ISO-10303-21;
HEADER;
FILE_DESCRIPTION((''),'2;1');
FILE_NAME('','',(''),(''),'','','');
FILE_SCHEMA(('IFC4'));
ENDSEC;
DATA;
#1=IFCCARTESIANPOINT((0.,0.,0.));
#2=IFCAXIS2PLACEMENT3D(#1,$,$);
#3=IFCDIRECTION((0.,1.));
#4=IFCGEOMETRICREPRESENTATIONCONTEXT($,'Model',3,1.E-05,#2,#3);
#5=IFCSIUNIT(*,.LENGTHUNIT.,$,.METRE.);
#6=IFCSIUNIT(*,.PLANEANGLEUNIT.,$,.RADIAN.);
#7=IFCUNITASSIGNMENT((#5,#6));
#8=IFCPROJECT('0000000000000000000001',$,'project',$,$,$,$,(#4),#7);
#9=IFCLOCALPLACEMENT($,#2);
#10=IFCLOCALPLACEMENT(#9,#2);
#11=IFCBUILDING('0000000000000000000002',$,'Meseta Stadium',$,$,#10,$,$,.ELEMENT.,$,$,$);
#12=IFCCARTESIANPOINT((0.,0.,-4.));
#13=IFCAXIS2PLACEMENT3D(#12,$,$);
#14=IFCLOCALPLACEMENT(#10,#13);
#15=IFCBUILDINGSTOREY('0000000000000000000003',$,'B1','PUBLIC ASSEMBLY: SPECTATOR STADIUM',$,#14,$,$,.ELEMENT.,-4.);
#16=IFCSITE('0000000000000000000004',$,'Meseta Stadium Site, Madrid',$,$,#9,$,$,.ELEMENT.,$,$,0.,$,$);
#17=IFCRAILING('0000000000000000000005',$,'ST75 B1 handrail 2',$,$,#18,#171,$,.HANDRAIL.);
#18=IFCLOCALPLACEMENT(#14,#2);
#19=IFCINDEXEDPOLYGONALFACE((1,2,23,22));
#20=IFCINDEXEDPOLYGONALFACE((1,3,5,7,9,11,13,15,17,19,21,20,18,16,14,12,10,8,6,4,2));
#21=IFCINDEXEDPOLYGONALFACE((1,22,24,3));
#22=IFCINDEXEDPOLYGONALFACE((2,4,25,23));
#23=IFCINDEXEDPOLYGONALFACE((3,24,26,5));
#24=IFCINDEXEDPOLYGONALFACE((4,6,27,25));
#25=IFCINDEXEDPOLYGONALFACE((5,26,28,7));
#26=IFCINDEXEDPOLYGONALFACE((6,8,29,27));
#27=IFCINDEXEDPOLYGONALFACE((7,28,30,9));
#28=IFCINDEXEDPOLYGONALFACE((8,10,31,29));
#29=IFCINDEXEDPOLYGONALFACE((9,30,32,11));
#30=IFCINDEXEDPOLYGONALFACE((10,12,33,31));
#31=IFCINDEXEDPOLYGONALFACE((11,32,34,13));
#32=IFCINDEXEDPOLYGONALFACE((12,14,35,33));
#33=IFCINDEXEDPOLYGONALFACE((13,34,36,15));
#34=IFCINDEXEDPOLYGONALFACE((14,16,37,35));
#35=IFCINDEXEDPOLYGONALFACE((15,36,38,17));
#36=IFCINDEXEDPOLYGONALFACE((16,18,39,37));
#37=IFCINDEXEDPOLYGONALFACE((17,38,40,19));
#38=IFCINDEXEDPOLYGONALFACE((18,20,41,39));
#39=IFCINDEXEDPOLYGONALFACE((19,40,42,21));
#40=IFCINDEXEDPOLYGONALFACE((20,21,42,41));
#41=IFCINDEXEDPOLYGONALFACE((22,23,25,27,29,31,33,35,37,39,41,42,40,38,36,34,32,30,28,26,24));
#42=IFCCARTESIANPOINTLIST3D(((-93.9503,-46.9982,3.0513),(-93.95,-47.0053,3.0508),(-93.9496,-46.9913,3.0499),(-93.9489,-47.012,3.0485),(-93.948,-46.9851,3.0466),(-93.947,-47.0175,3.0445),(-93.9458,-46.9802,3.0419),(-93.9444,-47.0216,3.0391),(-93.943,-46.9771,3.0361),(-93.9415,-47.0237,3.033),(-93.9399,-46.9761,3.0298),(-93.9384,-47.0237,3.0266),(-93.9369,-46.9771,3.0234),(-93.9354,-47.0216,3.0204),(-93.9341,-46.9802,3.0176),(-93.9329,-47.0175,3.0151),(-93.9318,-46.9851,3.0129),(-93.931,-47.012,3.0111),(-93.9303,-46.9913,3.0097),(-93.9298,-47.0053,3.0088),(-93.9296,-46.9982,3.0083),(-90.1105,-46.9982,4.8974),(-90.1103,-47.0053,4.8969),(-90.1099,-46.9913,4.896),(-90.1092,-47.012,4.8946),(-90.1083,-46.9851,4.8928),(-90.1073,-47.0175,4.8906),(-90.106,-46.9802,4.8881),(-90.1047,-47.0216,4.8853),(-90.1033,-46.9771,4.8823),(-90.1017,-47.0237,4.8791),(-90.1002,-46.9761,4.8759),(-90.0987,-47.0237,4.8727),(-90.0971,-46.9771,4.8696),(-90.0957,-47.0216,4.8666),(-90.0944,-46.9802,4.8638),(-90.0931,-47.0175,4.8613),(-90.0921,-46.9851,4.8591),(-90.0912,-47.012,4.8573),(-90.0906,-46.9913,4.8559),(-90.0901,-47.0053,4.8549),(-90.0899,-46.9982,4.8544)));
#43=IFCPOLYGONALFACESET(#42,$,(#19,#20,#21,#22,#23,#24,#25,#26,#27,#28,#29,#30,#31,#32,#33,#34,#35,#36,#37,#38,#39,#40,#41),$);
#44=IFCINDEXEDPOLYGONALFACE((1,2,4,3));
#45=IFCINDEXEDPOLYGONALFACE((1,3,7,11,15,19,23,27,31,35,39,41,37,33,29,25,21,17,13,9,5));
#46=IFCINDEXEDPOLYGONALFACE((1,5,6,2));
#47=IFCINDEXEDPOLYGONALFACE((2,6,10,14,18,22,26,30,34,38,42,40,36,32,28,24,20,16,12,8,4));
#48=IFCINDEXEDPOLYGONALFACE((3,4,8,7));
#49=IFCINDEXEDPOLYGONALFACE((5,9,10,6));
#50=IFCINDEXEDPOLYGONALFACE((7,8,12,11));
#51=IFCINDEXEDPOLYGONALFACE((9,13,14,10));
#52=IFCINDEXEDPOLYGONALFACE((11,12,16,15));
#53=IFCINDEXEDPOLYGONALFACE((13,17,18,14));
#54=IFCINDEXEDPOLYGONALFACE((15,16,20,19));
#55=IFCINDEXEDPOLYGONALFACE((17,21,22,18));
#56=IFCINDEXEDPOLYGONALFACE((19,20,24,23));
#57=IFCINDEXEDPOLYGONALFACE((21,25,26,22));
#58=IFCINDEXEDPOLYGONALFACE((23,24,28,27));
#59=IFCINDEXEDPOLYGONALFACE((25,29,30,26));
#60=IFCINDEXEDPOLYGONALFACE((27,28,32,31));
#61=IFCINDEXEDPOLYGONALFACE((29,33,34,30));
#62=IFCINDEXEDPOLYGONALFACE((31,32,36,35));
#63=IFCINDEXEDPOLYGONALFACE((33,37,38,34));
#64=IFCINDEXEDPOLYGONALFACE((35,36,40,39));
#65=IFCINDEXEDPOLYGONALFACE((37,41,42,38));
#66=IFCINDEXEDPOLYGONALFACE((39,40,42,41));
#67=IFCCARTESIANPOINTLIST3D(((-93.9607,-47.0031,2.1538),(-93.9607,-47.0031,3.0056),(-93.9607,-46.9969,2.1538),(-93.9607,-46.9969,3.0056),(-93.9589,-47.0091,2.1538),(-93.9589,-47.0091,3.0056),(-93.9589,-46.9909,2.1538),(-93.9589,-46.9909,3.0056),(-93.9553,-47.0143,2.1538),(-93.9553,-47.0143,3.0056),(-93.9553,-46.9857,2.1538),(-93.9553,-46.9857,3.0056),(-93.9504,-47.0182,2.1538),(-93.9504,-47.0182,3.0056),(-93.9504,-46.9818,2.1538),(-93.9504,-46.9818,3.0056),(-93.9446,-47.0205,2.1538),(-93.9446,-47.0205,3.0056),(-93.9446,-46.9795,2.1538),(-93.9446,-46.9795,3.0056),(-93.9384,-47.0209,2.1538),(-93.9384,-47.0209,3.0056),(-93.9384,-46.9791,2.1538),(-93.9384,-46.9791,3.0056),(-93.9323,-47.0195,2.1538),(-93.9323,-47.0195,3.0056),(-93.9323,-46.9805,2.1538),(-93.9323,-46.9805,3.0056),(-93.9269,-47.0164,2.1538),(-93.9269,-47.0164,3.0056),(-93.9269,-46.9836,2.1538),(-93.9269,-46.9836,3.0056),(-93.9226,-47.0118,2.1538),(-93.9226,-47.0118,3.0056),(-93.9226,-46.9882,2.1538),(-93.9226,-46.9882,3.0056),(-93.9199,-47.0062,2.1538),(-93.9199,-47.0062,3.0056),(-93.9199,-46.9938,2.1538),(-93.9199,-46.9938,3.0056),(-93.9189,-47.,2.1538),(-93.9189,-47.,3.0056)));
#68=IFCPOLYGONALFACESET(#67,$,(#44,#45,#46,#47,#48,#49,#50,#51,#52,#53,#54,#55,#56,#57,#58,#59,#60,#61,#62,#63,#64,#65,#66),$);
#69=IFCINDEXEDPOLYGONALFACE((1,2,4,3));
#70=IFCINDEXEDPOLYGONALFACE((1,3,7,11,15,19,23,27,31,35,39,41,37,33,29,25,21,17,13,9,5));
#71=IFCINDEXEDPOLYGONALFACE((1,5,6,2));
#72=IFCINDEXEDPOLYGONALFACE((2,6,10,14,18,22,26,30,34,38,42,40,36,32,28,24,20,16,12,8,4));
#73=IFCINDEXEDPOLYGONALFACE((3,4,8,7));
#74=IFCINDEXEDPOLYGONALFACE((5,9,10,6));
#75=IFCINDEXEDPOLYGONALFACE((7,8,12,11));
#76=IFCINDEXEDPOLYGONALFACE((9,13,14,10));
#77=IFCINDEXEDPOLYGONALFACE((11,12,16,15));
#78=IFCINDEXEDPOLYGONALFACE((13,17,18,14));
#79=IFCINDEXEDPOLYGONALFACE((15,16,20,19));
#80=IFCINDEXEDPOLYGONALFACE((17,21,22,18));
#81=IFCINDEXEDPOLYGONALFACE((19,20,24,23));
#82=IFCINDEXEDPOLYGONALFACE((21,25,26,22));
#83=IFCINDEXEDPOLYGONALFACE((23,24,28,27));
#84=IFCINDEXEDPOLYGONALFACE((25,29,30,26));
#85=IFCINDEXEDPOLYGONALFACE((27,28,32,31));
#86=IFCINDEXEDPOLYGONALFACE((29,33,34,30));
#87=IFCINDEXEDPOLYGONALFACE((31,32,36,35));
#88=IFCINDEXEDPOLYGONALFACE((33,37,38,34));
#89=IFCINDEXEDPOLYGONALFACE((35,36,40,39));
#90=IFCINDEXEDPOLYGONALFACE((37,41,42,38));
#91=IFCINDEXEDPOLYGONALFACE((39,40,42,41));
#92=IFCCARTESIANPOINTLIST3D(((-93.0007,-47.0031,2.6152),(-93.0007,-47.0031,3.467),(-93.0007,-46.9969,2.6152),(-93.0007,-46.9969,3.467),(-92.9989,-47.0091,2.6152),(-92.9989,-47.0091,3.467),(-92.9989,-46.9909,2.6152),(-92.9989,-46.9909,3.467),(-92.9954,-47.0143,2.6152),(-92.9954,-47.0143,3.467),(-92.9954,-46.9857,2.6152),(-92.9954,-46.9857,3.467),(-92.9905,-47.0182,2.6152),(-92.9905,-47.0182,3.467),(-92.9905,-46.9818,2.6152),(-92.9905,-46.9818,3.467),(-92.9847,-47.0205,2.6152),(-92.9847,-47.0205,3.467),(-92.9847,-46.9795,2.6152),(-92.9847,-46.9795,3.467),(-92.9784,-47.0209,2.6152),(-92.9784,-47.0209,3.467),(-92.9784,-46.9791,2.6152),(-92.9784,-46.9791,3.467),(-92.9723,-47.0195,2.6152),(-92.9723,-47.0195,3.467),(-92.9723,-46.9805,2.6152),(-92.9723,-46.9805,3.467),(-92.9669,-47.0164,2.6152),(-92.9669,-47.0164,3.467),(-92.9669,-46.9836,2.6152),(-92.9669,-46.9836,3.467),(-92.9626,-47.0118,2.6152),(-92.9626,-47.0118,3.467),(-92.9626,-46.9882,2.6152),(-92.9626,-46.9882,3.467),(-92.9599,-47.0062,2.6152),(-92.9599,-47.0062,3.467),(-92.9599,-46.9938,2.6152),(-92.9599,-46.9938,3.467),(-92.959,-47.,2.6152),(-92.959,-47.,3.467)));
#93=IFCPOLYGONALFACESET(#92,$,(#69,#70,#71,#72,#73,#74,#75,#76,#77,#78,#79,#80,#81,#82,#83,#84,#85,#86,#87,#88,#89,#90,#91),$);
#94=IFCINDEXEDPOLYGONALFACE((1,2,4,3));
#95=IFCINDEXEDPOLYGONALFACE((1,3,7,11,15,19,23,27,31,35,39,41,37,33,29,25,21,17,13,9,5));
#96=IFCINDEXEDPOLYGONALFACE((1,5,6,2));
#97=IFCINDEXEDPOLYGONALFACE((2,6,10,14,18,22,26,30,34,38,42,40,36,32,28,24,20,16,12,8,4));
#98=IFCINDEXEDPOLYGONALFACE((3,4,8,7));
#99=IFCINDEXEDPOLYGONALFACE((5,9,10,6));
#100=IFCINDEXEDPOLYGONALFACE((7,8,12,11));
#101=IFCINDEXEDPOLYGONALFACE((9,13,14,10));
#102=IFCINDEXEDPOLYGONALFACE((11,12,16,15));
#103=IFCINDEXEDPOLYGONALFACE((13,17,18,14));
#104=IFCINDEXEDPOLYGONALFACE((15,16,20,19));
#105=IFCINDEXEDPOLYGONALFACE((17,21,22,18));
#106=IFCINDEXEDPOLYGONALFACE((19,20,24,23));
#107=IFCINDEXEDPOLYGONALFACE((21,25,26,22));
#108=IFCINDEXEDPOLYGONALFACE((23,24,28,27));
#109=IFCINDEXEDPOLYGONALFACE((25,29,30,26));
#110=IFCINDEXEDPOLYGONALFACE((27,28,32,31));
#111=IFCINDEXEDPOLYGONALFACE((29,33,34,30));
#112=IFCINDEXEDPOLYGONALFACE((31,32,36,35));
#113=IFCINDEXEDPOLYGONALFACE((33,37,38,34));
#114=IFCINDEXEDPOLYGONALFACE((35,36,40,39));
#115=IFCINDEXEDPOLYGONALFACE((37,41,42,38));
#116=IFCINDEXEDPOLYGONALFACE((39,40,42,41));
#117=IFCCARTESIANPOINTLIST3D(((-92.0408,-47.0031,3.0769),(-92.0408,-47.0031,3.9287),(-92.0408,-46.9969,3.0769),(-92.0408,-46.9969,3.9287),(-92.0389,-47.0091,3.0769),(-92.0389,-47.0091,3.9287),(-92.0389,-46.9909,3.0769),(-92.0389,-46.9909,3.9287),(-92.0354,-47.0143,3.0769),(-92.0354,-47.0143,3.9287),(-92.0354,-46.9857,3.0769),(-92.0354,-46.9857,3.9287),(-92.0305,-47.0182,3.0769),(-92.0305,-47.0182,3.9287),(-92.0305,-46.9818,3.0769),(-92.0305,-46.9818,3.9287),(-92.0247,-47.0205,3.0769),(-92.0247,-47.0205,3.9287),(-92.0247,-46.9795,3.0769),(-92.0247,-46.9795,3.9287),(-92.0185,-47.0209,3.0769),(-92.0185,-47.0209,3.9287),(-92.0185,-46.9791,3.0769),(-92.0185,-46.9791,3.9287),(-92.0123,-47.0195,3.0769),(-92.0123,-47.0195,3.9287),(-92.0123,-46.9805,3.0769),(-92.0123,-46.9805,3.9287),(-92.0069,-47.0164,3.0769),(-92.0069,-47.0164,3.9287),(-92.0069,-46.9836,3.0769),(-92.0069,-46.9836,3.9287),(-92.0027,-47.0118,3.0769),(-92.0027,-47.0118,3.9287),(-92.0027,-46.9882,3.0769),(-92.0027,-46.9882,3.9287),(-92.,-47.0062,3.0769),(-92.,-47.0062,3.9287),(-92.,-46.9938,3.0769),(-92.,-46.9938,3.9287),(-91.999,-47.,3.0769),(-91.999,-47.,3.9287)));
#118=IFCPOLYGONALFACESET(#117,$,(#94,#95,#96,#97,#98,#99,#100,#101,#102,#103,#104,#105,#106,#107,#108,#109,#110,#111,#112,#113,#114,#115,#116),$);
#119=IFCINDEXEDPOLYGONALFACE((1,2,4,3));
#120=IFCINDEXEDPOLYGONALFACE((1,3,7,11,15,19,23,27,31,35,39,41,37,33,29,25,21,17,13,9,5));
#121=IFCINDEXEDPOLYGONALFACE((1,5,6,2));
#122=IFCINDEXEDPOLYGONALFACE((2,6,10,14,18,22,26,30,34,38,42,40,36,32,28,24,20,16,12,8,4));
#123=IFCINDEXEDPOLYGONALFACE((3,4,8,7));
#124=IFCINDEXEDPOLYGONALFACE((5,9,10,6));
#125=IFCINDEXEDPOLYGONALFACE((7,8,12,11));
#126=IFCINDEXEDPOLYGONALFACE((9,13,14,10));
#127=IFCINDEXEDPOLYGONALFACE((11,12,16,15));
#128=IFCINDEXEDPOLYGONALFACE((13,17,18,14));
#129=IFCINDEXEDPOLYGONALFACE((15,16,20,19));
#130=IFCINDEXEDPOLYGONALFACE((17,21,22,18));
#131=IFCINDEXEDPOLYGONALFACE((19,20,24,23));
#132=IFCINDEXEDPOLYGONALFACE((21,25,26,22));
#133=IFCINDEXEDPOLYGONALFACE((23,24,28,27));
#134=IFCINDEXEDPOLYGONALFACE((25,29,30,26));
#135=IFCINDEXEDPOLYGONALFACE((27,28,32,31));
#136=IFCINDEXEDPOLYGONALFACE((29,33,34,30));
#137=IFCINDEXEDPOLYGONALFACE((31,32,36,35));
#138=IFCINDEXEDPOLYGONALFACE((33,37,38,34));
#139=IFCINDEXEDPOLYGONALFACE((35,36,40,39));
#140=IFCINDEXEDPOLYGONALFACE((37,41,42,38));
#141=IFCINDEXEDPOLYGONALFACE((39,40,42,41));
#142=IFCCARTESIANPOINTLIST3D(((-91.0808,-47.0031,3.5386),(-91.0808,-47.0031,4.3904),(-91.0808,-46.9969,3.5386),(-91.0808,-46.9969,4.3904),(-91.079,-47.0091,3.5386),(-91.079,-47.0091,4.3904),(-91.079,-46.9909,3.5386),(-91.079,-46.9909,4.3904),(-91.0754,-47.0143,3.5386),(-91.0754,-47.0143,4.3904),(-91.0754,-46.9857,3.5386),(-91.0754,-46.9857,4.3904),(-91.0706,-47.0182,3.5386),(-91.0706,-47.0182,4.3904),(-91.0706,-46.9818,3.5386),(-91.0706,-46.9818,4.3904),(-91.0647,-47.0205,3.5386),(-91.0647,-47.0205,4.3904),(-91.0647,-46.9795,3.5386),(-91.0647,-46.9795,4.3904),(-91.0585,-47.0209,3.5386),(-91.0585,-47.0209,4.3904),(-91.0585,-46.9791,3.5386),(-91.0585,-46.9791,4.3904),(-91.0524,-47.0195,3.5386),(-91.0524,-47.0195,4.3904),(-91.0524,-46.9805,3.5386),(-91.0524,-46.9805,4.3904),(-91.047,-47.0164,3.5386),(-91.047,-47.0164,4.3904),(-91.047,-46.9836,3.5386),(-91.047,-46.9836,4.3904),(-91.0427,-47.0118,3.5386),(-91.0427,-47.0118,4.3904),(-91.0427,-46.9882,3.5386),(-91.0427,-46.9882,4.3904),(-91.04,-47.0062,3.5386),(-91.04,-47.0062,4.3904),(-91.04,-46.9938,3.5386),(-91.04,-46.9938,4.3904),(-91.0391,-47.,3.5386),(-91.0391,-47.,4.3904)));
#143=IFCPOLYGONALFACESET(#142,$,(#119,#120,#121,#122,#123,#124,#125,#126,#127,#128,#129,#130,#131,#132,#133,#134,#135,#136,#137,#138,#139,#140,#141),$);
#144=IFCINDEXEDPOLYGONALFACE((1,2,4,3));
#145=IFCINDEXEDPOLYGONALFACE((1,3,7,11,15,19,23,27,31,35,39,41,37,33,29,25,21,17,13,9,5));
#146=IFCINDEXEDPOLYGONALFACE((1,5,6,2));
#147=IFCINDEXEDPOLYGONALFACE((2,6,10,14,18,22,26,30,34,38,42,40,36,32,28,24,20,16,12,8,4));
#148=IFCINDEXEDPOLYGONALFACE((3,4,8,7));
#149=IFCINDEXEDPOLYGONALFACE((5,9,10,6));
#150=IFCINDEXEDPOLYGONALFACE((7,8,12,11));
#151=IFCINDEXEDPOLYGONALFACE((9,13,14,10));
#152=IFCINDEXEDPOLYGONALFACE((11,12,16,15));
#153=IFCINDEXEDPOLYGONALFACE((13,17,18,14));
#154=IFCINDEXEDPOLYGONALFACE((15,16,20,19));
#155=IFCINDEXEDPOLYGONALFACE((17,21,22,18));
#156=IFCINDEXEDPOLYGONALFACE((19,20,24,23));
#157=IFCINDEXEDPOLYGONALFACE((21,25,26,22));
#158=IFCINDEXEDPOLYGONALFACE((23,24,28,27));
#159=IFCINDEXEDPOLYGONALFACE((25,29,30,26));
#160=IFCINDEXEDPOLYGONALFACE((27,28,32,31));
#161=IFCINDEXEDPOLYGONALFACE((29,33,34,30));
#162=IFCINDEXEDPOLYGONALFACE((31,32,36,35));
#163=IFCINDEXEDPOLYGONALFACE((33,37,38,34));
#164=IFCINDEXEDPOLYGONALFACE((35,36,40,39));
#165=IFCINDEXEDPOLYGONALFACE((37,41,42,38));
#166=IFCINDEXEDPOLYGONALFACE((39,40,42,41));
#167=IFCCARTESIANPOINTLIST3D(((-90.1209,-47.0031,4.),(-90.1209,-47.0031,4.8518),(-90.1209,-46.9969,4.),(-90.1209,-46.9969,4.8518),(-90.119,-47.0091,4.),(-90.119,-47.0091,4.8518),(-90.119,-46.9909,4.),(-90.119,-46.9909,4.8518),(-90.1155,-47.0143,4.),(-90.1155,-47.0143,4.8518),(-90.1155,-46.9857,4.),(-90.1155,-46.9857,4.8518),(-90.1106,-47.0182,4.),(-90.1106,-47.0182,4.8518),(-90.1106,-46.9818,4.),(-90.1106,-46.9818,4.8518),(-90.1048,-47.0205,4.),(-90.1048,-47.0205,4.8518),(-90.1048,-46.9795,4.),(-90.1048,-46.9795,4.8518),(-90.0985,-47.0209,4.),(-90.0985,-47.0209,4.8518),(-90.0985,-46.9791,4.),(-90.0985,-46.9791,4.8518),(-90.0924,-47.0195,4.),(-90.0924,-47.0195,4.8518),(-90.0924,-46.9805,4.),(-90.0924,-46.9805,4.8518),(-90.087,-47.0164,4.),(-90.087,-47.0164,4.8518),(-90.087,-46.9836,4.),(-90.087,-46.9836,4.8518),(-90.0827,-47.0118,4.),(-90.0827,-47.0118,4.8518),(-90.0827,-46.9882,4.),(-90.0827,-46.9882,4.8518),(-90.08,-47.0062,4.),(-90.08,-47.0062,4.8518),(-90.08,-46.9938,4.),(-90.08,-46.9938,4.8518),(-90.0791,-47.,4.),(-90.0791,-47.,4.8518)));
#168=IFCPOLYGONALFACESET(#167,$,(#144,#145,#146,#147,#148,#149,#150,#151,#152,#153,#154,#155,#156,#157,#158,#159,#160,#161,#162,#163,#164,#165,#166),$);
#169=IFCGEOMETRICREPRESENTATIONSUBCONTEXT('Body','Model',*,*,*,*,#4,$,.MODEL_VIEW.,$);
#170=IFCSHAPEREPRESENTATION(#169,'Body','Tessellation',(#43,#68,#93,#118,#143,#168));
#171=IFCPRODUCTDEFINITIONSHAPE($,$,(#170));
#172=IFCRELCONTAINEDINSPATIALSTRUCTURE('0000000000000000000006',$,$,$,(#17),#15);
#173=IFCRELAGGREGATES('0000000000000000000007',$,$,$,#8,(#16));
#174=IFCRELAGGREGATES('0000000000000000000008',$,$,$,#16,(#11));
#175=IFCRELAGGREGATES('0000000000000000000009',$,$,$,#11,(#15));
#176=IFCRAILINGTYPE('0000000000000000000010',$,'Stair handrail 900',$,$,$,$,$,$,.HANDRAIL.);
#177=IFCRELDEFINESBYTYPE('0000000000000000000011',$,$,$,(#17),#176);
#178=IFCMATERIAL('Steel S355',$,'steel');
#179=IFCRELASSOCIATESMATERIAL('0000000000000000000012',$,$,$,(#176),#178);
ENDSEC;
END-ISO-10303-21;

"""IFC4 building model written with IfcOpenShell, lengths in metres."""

from ifc_helpers import new_model, si_unit, direction, frame, origin, origin_2d, place, context, subcontext, project, spatial, circle, extrude, material, type_object, element, save


model = new_model("IFC4")

# Units and contexts
model_context = context("Model", 3, precision=1e-05, world=origin(), true_north=direction((0.0, 1.0)))
body_context = subcontext(model_context, "Body", "Model", "MODEL_VIEW")
ifc_project = project(units=[si_unit("LENGTHUNIT", "METRE"), si_unit("PLANEANGLEUNIT", "RADIAN")], contexts=[model_context])

# Site, building, storey
site_placement = place(None, origin())
site = spatial("IfcSite", under=ifc_project, at=site_placement, Name="Meseta Stadium Site, Madrid", CompositionType="ELEMENT", RefElevation=0.0)
building_placement = place(site_placement, origin())
building = spatial("IfcBuilding", under=site, at=building_placement, Name="Meseta Stadium", CompositionType="ELEMENT")
storey_placement = place(building_placement, frame((0.0, 0.0, -4.0)))
storey = spatial("IfcBuildingStorey", under=building, at=storey_placement, Name="B1", Description="PUBLIC ASSEMBLY: SPECTATOR STADIUM", CompositionType="ELEMENT", Elevation=-4.0)

# Railing
ifc_material_1 = material(Name="Steel S355", Category="steel")
railing_type_1 = type_object("IfcRailingType", Name="Stair handrail 900", PredefinedType="HANDRAIL", material=ifc_material_1)
railing_1_placement = place(storey_placement, frame((-93.9399, -47.0, 2.1538)))
element("IfcRailing", 1, at=railing_1_placement, inside=storey, type_object=railing_type_1, Name="ST75 B1 handrail 2", PredefinedType="HANDRAIL", context=body_context, shape_type="SweptSolid", body=[
    extrude(circle(Radius=0.0239, at=origin_2d()), frame((0.0, 0.0, 0.876), z_axis=(0.901242, 0.0, 0.433316), x_axis=(0.0, 1.0, 0.0)), (0.0, 0.0, 1.0), 4.2605),
    extrude(circle(Radius=0.021, at=origin_2d()), origin(), (0.0, 0.0, 1.0), 0.8518),
    extrude(circle(Radius=0.021, at=origin_2d()), frame((0.96, 0.0, 0.4614)), (0.0, 0.0, 1.0), 0.8518),
    extrude(circle(Radius=0.021, at=origin_2d()), frame((1.9199, 0.0, 0.9231)), (0.0, 0.0, 1.0), 0.8518),
    extrude(circle(Radius=0.021, at=origin_2d()), frame((2.8799, 0.0, 1.3848)), (0.0, 0.0, 1.0), 0.8518),
    extrude(circle(Radius=0.021, at=origin_2d()), frame((3.8398, 0.0, 1.8462)), (0.0, 0.0, 1.0), 0.8518),
])

save(model, "model.ifc")
